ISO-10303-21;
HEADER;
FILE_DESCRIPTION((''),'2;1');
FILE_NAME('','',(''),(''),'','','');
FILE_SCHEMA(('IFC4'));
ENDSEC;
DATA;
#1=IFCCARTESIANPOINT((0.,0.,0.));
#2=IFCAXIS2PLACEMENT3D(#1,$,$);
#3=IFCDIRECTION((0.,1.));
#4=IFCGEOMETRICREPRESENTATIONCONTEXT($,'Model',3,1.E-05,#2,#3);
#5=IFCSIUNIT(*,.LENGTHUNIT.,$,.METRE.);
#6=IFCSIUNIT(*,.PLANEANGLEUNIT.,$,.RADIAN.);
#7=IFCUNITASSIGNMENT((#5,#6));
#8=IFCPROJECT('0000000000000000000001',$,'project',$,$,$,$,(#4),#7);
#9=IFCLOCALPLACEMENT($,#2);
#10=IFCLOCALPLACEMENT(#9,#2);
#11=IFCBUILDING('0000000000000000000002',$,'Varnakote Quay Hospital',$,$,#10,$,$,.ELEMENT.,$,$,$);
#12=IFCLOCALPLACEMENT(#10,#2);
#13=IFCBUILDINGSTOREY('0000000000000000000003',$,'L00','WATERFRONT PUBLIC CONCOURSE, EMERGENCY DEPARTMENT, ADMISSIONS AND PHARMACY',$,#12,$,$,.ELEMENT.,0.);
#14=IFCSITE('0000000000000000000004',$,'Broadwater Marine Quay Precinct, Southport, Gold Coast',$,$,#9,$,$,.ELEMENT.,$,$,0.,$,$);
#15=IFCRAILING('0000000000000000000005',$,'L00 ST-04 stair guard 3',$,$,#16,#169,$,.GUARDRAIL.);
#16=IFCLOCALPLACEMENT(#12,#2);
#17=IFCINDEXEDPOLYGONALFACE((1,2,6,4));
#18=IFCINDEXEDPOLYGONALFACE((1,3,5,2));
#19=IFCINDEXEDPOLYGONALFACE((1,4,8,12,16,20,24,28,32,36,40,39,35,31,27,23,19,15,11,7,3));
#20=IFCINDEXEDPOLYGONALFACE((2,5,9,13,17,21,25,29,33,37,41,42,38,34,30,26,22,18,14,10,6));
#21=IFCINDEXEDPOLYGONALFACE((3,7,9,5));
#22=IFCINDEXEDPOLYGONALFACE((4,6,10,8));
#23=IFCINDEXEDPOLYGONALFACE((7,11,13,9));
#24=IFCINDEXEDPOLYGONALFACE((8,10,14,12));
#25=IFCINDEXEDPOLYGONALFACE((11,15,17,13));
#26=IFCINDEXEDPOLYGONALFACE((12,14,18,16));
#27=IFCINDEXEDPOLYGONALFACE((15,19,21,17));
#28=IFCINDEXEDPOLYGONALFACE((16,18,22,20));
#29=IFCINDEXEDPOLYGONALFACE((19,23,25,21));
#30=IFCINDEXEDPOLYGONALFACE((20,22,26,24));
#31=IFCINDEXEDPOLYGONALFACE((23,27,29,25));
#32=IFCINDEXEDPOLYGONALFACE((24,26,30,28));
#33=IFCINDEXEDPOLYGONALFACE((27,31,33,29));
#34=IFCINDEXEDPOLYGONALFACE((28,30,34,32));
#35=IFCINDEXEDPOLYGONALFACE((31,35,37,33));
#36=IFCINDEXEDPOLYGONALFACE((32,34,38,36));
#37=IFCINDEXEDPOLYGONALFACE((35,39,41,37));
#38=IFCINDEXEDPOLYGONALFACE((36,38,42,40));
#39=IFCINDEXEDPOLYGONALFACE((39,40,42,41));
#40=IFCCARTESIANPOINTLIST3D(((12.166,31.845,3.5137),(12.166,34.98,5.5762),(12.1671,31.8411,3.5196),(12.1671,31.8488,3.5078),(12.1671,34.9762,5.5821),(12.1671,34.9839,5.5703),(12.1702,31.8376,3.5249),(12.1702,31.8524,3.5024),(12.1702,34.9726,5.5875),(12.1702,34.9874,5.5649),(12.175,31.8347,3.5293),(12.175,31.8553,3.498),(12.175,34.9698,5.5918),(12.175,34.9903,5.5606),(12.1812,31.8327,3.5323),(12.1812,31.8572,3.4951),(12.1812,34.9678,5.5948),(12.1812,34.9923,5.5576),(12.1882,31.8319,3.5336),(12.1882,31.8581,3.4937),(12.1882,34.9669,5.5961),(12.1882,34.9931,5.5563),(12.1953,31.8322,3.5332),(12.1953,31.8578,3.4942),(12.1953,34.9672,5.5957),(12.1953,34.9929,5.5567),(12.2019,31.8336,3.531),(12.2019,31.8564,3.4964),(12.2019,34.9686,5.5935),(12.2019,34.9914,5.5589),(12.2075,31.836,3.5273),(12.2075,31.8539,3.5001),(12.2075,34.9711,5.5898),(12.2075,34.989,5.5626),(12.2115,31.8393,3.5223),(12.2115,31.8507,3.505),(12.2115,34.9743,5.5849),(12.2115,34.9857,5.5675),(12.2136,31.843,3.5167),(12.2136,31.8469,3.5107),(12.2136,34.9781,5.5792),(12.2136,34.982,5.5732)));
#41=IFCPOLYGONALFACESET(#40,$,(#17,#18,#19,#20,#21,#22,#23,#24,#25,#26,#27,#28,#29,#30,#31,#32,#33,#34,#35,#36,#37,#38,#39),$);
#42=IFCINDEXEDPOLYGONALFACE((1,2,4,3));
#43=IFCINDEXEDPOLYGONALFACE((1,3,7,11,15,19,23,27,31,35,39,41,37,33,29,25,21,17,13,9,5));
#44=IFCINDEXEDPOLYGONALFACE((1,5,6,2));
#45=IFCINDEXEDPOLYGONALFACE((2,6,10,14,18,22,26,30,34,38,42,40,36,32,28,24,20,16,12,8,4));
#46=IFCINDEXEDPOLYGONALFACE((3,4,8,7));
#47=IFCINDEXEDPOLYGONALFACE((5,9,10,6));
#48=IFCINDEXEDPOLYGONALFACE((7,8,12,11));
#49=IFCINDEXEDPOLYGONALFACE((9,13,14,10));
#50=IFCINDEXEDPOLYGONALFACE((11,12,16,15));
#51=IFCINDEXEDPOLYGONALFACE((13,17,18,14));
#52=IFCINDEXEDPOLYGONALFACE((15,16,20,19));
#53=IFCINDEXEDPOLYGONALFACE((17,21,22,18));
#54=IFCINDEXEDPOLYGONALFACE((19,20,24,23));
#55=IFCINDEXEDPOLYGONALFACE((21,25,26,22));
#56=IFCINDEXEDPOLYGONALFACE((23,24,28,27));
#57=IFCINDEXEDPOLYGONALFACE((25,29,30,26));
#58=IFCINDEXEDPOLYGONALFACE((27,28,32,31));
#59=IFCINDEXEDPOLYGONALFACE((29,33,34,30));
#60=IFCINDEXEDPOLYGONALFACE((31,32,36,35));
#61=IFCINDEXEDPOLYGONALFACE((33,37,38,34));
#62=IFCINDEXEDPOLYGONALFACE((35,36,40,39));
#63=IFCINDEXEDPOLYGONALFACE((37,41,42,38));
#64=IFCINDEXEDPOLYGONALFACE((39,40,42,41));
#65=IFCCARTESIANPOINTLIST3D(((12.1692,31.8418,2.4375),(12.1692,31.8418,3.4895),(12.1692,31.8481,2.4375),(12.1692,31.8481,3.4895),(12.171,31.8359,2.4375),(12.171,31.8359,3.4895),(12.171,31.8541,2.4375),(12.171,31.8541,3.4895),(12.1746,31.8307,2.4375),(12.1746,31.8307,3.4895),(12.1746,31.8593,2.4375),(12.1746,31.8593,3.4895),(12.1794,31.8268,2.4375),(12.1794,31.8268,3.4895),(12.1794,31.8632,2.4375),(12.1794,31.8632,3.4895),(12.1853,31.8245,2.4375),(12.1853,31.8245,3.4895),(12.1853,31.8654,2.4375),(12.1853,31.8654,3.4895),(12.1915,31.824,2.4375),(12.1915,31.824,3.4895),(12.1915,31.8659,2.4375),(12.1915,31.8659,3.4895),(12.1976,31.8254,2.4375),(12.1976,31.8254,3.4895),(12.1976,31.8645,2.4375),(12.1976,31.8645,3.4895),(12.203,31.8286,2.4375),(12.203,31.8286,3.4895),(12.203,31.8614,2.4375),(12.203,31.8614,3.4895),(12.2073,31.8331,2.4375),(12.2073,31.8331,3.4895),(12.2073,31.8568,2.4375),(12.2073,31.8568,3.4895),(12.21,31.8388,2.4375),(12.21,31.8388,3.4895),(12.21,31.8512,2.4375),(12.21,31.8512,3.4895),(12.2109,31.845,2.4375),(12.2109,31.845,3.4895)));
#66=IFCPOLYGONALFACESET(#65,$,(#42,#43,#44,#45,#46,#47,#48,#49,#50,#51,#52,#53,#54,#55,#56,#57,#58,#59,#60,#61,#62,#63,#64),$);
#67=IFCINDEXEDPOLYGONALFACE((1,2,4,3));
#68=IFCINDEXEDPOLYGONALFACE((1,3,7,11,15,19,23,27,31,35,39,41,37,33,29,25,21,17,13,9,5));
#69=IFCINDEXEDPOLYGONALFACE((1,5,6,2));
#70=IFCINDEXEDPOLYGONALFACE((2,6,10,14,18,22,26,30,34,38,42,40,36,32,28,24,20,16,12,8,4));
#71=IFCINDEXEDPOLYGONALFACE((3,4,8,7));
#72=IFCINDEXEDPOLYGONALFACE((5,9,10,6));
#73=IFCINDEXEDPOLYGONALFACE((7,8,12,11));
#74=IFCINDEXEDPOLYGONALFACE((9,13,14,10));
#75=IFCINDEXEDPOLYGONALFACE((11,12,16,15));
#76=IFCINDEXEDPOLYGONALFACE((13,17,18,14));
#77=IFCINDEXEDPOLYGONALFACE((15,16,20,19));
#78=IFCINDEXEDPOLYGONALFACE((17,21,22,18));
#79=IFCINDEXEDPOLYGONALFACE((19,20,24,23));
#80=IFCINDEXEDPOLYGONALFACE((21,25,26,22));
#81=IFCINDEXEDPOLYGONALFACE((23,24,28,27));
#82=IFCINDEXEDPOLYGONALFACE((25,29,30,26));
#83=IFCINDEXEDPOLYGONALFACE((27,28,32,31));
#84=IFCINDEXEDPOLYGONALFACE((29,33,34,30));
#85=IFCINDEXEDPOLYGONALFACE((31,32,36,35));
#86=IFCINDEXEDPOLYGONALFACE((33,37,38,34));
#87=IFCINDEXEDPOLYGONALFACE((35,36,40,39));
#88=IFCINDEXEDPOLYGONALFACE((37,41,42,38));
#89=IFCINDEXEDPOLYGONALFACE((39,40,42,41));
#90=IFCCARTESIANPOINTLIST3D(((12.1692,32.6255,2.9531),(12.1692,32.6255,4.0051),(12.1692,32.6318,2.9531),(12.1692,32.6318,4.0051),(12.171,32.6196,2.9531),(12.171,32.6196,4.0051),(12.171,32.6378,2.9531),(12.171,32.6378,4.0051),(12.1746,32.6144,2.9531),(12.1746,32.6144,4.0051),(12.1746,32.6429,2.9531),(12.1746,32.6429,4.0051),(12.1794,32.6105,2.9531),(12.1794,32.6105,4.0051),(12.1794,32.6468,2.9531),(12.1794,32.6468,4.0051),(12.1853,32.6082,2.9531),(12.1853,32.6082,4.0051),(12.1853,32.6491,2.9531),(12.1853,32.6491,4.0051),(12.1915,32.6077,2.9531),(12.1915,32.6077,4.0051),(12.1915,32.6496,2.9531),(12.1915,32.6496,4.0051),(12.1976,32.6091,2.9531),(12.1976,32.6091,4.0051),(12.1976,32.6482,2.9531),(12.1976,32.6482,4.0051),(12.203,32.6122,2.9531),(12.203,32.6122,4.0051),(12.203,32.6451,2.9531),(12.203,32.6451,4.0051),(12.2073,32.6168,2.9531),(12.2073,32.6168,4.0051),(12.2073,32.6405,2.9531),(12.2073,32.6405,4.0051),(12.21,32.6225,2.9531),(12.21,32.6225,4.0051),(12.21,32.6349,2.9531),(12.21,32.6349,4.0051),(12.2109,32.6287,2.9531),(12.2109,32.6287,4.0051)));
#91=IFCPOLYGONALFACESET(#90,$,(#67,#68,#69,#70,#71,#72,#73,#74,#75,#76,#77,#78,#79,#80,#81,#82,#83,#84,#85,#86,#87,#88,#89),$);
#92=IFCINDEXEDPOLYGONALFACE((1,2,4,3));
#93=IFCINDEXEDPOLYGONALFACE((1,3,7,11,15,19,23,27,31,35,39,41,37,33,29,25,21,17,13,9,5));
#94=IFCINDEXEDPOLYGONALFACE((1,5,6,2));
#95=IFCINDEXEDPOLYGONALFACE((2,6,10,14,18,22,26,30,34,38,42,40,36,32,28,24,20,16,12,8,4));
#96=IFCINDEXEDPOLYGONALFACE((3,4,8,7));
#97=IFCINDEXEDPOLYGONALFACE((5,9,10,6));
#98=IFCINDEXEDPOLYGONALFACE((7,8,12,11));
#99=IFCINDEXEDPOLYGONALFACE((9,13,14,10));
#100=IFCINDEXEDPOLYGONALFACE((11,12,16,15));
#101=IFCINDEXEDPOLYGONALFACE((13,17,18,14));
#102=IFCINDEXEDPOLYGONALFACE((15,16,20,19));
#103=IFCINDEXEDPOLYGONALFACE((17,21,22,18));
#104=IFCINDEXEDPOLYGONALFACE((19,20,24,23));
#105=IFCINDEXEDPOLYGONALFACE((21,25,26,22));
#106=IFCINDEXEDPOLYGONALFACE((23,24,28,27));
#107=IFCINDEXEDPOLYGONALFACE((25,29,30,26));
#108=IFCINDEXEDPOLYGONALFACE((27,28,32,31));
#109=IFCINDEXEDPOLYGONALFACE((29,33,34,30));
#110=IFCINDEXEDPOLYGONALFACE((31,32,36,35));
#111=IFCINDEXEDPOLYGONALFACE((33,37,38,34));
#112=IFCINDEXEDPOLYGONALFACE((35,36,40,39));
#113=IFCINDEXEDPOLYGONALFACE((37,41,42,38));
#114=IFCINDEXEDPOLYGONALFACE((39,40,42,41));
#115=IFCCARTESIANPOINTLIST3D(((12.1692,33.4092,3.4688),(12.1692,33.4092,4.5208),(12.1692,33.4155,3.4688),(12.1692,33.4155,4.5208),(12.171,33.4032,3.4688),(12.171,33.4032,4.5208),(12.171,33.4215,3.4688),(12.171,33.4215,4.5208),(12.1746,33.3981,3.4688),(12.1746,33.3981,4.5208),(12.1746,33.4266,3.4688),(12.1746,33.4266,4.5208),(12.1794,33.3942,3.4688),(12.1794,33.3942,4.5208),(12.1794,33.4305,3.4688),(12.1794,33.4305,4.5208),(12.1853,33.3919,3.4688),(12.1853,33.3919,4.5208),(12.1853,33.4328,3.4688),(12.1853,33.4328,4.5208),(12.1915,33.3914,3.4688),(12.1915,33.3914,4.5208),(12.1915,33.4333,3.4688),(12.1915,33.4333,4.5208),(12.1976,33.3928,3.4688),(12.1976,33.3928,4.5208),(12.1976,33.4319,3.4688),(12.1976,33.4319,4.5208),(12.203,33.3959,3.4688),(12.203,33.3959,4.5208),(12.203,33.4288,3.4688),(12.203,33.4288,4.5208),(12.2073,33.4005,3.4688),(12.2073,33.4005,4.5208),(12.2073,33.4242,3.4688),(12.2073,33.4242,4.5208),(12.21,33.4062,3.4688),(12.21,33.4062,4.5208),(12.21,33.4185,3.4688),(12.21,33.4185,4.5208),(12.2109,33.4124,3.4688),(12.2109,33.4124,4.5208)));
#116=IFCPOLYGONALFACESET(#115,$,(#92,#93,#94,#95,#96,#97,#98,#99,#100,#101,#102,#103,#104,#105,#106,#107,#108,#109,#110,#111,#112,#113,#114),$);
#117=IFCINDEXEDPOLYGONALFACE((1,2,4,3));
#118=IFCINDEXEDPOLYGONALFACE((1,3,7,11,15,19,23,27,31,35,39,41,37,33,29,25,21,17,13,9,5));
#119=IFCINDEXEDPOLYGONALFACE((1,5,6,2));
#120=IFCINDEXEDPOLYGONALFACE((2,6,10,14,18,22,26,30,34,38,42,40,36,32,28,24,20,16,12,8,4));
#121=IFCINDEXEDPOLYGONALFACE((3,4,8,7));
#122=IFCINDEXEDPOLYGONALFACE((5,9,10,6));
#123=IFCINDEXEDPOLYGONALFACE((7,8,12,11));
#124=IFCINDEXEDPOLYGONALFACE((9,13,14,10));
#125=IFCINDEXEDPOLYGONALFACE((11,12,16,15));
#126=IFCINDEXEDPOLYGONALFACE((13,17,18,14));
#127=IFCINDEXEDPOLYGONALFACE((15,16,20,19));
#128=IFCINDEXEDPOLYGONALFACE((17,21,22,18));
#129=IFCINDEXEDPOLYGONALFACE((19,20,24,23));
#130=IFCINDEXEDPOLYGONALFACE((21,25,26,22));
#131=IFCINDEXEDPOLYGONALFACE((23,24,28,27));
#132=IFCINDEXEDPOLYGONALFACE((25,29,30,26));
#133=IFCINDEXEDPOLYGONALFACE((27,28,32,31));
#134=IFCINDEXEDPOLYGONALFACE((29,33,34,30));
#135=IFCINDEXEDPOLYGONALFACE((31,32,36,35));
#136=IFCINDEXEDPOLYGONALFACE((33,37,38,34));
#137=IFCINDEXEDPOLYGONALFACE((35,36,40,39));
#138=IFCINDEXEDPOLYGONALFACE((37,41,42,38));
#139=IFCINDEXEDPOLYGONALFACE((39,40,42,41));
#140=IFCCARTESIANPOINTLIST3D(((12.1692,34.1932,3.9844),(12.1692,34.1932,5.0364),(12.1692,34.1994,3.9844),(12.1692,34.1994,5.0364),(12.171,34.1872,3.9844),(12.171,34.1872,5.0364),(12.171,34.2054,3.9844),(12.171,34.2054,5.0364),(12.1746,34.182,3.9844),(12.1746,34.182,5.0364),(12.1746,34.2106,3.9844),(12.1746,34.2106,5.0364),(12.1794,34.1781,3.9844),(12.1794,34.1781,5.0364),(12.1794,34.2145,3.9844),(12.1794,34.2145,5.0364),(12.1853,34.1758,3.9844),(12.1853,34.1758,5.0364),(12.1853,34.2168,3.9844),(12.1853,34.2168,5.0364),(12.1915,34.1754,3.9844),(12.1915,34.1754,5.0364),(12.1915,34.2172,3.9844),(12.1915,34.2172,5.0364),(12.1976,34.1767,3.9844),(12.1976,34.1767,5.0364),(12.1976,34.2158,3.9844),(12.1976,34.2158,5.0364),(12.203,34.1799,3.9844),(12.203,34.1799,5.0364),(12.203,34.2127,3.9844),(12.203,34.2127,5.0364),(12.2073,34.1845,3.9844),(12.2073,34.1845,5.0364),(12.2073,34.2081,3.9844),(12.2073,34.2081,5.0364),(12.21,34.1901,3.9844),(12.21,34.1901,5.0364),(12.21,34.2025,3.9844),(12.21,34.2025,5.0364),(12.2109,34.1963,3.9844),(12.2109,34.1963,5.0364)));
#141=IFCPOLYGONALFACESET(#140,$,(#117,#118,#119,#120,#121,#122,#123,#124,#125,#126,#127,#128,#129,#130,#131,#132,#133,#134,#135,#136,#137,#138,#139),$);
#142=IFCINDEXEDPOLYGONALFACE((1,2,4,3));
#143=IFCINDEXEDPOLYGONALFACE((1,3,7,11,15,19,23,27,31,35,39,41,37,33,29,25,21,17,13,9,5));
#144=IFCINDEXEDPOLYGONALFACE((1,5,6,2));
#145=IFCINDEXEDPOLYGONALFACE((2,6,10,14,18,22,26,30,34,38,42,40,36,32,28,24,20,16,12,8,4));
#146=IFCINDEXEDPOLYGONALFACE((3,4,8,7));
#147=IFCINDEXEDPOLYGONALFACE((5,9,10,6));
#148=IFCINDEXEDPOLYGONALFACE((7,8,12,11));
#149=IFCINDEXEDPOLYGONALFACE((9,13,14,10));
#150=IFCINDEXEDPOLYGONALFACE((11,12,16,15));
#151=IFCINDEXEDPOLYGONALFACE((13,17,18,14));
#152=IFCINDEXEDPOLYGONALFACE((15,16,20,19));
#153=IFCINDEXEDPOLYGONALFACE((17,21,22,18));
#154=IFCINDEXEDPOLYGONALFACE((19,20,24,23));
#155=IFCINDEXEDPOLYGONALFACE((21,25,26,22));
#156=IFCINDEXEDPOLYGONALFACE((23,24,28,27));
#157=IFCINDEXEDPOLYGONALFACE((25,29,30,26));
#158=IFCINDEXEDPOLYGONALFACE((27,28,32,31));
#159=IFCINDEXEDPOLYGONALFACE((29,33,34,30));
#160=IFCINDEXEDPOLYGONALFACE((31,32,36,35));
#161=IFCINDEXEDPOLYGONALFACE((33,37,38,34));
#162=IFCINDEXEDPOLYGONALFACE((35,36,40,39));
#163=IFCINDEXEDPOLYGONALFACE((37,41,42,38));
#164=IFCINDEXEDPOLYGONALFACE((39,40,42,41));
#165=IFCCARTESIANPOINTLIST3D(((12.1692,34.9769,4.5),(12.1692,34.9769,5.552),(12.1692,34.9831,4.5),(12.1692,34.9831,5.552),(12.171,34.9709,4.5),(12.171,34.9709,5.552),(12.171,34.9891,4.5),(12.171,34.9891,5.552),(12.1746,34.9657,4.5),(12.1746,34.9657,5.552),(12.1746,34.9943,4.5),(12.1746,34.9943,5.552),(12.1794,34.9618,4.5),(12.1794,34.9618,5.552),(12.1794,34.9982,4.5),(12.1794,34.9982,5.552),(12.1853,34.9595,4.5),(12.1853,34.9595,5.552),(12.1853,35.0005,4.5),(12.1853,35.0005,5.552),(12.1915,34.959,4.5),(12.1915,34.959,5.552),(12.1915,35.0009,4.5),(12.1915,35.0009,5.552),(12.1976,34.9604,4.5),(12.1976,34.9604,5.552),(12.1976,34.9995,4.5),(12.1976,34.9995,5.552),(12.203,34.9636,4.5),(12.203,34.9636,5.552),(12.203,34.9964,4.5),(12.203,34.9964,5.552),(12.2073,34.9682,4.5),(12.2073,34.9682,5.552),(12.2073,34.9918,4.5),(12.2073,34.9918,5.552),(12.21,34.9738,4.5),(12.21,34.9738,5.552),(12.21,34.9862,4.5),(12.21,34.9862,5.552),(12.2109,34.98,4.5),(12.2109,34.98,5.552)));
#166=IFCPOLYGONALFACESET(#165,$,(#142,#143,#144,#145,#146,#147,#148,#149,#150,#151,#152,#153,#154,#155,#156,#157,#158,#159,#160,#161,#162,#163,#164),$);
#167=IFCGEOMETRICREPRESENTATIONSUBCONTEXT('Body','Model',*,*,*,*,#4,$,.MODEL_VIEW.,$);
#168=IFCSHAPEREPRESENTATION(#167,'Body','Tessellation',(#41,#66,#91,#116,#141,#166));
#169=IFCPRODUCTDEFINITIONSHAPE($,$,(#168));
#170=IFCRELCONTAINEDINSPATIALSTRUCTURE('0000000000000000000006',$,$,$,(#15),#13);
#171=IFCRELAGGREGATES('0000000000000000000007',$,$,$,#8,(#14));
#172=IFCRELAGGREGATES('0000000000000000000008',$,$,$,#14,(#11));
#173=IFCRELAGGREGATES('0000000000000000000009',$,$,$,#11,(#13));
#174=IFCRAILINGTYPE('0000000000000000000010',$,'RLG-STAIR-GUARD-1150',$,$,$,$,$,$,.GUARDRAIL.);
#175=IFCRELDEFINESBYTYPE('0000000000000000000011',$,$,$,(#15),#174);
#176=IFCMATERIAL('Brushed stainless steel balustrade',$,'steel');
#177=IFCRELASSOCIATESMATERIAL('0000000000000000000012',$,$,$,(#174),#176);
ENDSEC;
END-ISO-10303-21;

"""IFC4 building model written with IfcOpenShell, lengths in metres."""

from ifc_helpers import new_model, si_unit, direction, frame, origin, origin_2d, place, context, subcontext, project, spatial, circle, extrude, material, type_object, element, save


model = new_model("IFC4")

# Units and contexts
model_context = context("Model", 3, precision=1e-05, world=origin(), true_north=direction((0.0, 1.0)))
body_context = subcontext(model_context, "Body", "Model", "MODEL_VIEW")
ifc_project = project(units=[si_unit("LENGTHUNIT", "METRE"), si_unit("PLANEANGLEUNIT", "RADIAN")], contexts=[model_context])

# Site, building, storey
site_placement = place(None, origin())
site = spatial("IfcSite", under=ifc_project, at=site_placement, Name="Broadwater Marine Quay Precinct, Southport, Gold Coast", CompositionType="ELEMENT", RefElevation=0.0)
building_placement = place(site_placement, origin())
building = spatial("IfcBuilding", under=site, at=building_placement, Name="Varnakote Quay Hospital", CompositionType="ELEMENT")
storey_placement = place(building_placement, origin())
storey = spatial("IfcBuildingStorey", under=building, at=storey_placement, Name="L00", Description="WATERFRONT PUBLIC CONCOURSE, EMERGENCY DEPARTMENT, ADMISSIONS AND PHARMACY", CompositionType="ELEMENT", Elevation=0.0)

# Railing
ifc_material_1 = material(Name="Brushed stainless steel balustrade", Category="steel")
railing_type_1 = type_object("IfcRailingType", Name="RLG-STAIR-GUARD-1150", PredefinedType="GUARDRAIL", material=ifc_material_1)
railing_1_placement = place(storey_placement, frame((12.1899, 31.845, 2.4375)))
element("IfcRailing", 1, at=railing_1_placement, inside=storey, type_object=railing_type_1, Name="L00 ST-04 stair guard 3", PredefinedType="GUARDRAIL", context=body_context, shape_type="SweptSolid", body=[
    extrude(circle(Radius=0.0239, at=origin_2d()), frame((0.0, 0.0, 1.0762), z_axis=(0.0, 0.835418, 0.549615), x_axis=(-1.0, 0.0, 0.0)), (0.0, 0.0, 1.0), 3.7527),
    extrude(circle(Radius=0.021, at=origin_2d()), origin(), (0.0, 0.0, 1.0), 1.052),
    extrude(circle(Radius=0.021, at=origin_2d()), frame((0.0, 0.7837, 0.5156)), (0.0, 0.0, 1.0), 1.052),
    extrude(circle(Radius=0.021, at=origin_2d()), frame((0.0, 1.5674, 1.0312)), (0.0, 0.0, 1.0), 1.052),
    extrude(circle(Radius=0.021, at=origin_2d()), frame((0.0, 2.3513, 1.5469)), (0.0, 0.0, 1.0), 1.052),
    extrude(circle(Radius=0.021, at=origin_2d()), frame((0.0, 3.135, 2.0625)), (0.0, 0.0, 1.0), 1.052),
])

save(model, "model.ifc")
